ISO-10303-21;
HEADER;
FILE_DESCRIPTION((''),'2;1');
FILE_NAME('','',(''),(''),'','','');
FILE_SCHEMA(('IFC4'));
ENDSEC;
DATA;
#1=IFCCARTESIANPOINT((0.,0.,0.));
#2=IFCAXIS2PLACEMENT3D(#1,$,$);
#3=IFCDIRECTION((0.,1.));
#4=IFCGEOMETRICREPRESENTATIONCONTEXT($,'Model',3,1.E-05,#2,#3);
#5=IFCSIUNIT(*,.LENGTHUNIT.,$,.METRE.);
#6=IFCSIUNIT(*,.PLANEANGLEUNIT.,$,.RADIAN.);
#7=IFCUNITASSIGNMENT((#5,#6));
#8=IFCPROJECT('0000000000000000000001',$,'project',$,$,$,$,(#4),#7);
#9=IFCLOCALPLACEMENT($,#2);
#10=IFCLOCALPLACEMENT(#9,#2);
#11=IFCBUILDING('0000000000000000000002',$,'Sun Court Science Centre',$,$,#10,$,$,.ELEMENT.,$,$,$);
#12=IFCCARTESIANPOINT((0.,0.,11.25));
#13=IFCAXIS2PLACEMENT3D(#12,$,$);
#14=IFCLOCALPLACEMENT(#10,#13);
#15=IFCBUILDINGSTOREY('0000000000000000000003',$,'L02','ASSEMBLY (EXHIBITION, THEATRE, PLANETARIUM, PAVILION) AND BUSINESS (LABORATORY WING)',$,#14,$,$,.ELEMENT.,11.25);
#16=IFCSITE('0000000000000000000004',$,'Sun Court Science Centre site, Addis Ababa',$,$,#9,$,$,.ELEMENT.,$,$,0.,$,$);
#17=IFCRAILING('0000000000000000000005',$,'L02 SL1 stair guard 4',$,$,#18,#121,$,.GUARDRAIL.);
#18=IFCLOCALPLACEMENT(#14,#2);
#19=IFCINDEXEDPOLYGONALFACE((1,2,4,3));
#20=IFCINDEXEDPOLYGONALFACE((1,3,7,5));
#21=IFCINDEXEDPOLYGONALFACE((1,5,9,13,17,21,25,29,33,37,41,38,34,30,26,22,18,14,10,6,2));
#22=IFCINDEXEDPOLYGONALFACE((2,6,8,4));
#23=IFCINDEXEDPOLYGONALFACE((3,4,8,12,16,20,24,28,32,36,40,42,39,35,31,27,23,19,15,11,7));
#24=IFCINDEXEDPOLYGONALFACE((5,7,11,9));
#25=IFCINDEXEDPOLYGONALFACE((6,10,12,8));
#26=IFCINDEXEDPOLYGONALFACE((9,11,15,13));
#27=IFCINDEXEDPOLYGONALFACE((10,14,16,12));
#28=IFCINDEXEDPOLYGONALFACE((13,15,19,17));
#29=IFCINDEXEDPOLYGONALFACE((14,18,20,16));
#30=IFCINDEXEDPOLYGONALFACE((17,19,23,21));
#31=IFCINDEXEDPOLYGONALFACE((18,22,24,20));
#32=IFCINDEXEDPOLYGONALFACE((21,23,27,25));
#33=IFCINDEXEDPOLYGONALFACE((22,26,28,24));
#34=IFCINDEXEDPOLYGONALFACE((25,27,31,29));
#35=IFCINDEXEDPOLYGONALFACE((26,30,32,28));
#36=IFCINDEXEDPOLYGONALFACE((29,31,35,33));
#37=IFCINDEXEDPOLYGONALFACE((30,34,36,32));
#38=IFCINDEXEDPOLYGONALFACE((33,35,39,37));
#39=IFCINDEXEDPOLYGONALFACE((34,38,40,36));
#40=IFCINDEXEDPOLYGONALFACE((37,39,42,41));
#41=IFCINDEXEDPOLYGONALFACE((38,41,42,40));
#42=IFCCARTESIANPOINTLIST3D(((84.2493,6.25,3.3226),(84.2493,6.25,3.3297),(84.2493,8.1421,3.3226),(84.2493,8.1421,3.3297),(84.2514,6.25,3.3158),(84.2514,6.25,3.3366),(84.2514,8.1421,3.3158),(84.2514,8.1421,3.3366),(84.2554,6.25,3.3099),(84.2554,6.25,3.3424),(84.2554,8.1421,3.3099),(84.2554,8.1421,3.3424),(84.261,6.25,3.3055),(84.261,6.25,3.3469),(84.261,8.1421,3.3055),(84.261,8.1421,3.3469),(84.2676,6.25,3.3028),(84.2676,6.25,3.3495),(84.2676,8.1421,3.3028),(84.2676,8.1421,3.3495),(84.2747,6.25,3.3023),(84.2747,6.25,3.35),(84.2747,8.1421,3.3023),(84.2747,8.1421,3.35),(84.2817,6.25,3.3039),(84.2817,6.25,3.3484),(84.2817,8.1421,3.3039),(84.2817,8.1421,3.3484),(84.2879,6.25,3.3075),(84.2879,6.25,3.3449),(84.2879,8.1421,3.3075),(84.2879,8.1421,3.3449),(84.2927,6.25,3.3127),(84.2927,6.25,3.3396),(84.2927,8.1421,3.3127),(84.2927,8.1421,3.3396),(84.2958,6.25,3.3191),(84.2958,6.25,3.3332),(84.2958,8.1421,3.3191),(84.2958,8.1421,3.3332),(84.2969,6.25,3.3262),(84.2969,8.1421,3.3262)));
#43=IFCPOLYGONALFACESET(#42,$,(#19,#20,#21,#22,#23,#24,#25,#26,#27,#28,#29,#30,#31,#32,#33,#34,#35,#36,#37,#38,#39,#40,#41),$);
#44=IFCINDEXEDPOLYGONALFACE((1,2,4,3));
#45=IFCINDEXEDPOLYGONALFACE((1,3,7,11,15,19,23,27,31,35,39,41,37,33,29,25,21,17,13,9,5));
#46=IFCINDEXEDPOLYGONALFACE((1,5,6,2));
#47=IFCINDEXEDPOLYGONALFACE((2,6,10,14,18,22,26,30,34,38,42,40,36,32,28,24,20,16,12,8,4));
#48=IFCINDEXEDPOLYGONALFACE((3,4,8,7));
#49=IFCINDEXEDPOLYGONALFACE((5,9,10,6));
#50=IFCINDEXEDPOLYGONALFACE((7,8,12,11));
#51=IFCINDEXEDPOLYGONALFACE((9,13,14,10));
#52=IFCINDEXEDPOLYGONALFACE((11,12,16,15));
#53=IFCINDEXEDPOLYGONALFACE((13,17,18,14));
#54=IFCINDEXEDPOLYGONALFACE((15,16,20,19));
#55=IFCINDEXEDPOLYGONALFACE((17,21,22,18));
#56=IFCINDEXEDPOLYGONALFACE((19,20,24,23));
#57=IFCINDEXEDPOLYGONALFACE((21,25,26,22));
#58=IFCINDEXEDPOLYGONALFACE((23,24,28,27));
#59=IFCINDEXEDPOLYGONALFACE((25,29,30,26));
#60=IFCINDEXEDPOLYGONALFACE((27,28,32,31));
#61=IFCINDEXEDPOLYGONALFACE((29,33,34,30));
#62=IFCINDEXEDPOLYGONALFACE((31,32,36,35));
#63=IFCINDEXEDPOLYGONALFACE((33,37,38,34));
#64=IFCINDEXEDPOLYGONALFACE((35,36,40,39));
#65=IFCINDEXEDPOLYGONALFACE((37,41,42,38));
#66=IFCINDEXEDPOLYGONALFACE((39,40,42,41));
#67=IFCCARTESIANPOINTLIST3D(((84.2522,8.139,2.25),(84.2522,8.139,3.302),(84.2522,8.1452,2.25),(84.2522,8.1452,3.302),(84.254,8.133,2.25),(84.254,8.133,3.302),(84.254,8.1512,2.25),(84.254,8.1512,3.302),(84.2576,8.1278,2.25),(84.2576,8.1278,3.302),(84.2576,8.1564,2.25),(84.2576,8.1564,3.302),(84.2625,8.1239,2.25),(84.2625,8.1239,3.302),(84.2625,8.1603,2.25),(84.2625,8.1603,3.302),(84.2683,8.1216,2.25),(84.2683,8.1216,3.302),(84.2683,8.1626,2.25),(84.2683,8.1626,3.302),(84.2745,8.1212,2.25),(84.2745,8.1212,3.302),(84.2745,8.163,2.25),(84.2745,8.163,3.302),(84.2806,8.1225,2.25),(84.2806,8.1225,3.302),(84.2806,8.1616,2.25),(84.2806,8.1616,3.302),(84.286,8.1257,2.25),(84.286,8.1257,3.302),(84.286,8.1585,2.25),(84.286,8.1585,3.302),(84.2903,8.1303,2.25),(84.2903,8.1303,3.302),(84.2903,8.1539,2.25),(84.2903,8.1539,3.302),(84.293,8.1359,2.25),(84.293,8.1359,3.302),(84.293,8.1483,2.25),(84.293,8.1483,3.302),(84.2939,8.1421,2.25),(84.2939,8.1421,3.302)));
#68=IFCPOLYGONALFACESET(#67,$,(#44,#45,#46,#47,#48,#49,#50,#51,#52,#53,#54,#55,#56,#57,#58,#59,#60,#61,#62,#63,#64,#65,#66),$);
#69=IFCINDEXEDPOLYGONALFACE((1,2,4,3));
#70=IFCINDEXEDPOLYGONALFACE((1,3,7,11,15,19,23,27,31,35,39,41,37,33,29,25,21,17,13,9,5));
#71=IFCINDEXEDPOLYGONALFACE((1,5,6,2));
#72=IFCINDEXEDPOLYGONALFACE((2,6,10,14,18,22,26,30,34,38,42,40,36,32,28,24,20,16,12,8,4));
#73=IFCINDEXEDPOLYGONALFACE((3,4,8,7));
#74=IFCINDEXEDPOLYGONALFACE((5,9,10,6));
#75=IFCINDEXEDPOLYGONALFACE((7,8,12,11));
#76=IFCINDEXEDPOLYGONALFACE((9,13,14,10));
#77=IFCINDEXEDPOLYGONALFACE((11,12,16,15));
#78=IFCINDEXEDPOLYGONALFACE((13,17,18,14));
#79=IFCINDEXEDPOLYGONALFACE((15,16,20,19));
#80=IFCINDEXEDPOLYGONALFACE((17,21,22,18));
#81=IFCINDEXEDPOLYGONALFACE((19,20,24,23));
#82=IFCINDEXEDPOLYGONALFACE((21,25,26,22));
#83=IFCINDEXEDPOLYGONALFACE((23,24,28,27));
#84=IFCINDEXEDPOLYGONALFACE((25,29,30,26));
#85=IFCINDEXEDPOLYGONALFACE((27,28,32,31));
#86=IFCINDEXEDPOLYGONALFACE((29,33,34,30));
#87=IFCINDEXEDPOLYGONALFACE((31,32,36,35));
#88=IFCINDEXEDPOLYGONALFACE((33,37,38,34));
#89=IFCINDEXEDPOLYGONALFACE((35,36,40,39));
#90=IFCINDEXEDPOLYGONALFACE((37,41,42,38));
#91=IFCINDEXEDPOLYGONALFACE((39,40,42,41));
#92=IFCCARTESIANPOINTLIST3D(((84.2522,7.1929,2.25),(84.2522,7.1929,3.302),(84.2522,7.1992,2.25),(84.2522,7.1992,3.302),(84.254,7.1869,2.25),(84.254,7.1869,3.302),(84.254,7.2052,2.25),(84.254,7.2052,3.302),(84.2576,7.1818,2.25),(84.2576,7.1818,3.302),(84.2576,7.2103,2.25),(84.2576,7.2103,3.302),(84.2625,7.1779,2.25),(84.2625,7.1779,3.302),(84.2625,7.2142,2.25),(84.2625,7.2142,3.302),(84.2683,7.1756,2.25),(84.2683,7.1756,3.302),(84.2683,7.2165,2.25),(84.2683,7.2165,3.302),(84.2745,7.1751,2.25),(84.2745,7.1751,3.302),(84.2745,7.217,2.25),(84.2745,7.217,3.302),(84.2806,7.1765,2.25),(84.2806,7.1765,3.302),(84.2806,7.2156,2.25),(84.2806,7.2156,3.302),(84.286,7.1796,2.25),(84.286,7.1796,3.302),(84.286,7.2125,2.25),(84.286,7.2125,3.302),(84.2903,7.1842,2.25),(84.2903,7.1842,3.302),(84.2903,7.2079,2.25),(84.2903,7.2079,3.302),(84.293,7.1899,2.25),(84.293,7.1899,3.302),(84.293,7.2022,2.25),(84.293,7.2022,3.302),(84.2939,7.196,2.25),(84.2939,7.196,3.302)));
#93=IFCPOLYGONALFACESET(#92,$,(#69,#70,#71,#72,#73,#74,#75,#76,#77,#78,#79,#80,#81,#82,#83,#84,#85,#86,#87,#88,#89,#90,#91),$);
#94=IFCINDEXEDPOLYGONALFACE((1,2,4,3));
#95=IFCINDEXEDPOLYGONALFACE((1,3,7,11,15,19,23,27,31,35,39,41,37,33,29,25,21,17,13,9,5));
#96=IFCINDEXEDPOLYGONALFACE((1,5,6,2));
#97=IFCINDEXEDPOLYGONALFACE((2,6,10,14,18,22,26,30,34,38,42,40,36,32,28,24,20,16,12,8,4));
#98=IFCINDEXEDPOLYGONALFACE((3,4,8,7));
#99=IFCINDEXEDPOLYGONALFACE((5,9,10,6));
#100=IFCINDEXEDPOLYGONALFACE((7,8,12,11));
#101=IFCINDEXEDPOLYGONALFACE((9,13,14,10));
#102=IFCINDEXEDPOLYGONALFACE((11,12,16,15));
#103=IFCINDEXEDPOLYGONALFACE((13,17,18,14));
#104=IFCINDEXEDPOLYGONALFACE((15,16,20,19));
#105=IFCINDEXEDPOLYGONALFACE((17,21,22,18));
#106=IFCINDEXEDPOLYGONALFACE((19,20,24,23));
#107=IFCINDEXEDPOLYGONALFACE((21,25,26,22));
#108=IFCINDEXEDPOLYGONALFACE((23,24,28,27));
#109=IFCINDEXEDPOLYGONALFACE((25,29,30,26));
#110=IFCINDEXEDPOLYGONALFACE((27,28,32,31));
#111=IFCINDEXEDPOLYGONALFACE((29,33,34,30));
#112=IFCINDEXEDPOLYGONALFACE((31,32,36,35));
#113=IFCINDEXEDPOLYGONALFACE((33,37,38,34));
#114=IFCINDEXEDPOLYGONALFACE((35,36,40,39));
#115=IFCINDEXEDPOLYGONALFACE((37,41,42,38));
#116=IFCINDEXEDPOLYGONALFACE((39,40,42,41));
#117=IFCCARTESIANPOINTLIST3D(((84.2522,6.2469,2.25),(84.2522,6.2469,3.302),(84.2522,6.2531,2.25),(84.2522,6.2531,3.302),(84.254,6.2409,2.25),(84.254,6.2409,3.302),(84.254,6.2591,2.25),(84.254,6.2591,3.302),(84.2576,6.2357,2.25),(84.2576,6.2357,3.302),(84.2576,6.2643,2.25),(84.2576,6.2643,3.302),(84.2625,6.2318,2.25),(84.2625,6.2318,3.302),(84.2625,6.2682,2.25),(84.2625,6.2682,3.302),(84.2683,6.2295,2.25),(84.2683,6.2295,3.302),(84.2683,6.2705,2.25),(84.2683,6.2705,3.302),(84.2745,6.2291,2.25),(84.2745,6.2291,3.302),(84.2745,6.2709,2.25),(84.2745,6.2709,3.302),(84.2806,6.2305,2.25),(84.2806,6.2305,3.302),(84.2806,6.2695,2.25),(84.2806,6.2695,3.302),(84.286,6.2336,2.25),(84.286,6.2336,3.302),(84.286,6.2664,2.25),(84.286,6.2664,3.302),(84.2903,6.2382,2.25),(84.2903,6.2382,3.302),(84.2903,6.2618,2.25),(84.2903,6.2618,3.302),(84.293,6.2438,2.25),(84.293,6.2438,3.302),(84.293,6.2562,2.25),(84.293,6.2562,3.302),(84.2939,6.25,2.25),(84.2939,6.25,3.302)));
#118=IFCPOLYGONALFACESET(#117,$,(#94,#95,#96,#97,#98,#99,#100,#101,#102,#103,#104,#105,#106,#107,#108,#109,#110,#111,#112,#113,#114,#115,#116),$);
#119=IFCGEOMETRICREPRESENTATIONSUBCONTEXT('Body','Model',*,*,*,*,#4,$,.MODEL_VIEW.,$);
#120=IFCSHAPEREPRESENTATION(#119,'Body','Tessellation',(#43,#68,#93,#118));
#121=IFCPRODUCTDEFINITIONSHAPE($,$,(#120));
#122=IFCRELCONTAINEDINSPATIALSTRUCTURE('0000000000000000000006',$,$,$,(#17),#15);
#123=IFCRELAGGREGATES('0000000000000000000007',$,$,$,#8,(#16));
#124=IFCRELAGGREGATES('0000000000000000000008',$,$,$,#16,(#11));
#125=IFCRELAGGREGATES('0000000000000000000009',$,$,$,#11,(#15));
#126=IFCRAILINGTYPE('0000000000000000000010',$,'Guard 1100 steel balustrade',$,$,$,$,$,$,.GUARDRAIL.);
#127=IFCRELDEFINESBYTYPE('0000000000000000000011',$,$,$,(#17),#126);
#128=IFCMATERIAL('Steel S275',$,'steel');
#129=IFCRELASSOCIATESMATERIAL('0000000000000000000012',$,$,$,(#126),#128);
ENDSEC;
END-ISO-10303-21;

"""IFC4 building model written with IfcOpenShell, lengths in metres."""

from ifc_helpers import new_model, si_unit, direction, frame, origin, origin_2d, place, context, subcontext, project, spatial, circle, extrude, material, type_object, element, save


model = new_model("IFC4")

# Units and contexts
model_context = context("Model", 3, precision=1e-05, world=origin(), true_north=direction((0.0, 1.0)))
body_context = subcontext(model_context, "Body", "Model", "MODEL_VIEW")
ifc_project = project(units=[si_unit("LENGTHUNIT", "METRE"), si_unit("PLANEANGLEUNIT", "RADIAN")], contexts=[model_context])

# Site, building, storey
site_placement = place(None, origin())
site = spatial("IfcSite", under=ifc_project, at=site_placement, Name="Sun Court Science Centre site, Addis Ababa", CompositionType="ELEMENT", RefElevation=0.0)
building_placement = place(site_placement, origin())
building = spatial("IfcBuilding", under=site, at=building_placement, Name="Sun Court Science Centre", CompositionType="ELEMENT")
storey_placement = place(building_placement, frame((0.0, 0.0, 11.25)))
storey = spatial("IfcBuildingStorey", under=building, at=storey_placement, Name="L02", Description="ASSEMBLY (EXHIBITION, THEATRE, PLANETARIUM, PAVILION) AND BUSINESS (LABORATORY WING)", CompositionType="ELEMENT", Elevation=11.25)

# Railing
ifc_material_1 = material(Name="Steel S275", Category="steel")
railing_type_1 = type_object("IfcRailingType", Name="Guard 1100 steel balustrade", PredefinedType="GUARDRAIL", material=ifc_material_1)
for number, where, name in (
    (1, (84.2729, 8.1421, 2.25), "L02 SL1 stair guard 4"),
):
    element("IfcRailing", number, at=place(storey_placement, frame(where)), inside=storey, type_object=railing_type_1, Name=name, PredefinedType="GUARDRAIL", context=body_context, shape_type="SweptSolid", body=[
        extrude(circle(Radius=0.0239, at=origin_2d()), frame((0.0, 0.0, 1.0762), z_axis=(0.0, -1.0, 0.0), x_axis=(1.0, 0.0, 0.0)), (0.0, 0.0, 1.0), 1.8921),
        extrude(circle(Radius=0.021, at=origin_2d()), origin(), (0.0, 0.0, 1.0), 1.052),
        extrude(circle(Radius=0.021, at=origin_2d()), frame((0.0, -0.946, 0.0)), (0.0, 0.0, 1.0), 1.052),
        extrude(circle(Radius=0.021, at=origin_2d()), frame((0.0, -1.8921, 0.0)), (0.0, 0.0, 1.0), 1.052),
    ])

save(model, "model.ifc")
